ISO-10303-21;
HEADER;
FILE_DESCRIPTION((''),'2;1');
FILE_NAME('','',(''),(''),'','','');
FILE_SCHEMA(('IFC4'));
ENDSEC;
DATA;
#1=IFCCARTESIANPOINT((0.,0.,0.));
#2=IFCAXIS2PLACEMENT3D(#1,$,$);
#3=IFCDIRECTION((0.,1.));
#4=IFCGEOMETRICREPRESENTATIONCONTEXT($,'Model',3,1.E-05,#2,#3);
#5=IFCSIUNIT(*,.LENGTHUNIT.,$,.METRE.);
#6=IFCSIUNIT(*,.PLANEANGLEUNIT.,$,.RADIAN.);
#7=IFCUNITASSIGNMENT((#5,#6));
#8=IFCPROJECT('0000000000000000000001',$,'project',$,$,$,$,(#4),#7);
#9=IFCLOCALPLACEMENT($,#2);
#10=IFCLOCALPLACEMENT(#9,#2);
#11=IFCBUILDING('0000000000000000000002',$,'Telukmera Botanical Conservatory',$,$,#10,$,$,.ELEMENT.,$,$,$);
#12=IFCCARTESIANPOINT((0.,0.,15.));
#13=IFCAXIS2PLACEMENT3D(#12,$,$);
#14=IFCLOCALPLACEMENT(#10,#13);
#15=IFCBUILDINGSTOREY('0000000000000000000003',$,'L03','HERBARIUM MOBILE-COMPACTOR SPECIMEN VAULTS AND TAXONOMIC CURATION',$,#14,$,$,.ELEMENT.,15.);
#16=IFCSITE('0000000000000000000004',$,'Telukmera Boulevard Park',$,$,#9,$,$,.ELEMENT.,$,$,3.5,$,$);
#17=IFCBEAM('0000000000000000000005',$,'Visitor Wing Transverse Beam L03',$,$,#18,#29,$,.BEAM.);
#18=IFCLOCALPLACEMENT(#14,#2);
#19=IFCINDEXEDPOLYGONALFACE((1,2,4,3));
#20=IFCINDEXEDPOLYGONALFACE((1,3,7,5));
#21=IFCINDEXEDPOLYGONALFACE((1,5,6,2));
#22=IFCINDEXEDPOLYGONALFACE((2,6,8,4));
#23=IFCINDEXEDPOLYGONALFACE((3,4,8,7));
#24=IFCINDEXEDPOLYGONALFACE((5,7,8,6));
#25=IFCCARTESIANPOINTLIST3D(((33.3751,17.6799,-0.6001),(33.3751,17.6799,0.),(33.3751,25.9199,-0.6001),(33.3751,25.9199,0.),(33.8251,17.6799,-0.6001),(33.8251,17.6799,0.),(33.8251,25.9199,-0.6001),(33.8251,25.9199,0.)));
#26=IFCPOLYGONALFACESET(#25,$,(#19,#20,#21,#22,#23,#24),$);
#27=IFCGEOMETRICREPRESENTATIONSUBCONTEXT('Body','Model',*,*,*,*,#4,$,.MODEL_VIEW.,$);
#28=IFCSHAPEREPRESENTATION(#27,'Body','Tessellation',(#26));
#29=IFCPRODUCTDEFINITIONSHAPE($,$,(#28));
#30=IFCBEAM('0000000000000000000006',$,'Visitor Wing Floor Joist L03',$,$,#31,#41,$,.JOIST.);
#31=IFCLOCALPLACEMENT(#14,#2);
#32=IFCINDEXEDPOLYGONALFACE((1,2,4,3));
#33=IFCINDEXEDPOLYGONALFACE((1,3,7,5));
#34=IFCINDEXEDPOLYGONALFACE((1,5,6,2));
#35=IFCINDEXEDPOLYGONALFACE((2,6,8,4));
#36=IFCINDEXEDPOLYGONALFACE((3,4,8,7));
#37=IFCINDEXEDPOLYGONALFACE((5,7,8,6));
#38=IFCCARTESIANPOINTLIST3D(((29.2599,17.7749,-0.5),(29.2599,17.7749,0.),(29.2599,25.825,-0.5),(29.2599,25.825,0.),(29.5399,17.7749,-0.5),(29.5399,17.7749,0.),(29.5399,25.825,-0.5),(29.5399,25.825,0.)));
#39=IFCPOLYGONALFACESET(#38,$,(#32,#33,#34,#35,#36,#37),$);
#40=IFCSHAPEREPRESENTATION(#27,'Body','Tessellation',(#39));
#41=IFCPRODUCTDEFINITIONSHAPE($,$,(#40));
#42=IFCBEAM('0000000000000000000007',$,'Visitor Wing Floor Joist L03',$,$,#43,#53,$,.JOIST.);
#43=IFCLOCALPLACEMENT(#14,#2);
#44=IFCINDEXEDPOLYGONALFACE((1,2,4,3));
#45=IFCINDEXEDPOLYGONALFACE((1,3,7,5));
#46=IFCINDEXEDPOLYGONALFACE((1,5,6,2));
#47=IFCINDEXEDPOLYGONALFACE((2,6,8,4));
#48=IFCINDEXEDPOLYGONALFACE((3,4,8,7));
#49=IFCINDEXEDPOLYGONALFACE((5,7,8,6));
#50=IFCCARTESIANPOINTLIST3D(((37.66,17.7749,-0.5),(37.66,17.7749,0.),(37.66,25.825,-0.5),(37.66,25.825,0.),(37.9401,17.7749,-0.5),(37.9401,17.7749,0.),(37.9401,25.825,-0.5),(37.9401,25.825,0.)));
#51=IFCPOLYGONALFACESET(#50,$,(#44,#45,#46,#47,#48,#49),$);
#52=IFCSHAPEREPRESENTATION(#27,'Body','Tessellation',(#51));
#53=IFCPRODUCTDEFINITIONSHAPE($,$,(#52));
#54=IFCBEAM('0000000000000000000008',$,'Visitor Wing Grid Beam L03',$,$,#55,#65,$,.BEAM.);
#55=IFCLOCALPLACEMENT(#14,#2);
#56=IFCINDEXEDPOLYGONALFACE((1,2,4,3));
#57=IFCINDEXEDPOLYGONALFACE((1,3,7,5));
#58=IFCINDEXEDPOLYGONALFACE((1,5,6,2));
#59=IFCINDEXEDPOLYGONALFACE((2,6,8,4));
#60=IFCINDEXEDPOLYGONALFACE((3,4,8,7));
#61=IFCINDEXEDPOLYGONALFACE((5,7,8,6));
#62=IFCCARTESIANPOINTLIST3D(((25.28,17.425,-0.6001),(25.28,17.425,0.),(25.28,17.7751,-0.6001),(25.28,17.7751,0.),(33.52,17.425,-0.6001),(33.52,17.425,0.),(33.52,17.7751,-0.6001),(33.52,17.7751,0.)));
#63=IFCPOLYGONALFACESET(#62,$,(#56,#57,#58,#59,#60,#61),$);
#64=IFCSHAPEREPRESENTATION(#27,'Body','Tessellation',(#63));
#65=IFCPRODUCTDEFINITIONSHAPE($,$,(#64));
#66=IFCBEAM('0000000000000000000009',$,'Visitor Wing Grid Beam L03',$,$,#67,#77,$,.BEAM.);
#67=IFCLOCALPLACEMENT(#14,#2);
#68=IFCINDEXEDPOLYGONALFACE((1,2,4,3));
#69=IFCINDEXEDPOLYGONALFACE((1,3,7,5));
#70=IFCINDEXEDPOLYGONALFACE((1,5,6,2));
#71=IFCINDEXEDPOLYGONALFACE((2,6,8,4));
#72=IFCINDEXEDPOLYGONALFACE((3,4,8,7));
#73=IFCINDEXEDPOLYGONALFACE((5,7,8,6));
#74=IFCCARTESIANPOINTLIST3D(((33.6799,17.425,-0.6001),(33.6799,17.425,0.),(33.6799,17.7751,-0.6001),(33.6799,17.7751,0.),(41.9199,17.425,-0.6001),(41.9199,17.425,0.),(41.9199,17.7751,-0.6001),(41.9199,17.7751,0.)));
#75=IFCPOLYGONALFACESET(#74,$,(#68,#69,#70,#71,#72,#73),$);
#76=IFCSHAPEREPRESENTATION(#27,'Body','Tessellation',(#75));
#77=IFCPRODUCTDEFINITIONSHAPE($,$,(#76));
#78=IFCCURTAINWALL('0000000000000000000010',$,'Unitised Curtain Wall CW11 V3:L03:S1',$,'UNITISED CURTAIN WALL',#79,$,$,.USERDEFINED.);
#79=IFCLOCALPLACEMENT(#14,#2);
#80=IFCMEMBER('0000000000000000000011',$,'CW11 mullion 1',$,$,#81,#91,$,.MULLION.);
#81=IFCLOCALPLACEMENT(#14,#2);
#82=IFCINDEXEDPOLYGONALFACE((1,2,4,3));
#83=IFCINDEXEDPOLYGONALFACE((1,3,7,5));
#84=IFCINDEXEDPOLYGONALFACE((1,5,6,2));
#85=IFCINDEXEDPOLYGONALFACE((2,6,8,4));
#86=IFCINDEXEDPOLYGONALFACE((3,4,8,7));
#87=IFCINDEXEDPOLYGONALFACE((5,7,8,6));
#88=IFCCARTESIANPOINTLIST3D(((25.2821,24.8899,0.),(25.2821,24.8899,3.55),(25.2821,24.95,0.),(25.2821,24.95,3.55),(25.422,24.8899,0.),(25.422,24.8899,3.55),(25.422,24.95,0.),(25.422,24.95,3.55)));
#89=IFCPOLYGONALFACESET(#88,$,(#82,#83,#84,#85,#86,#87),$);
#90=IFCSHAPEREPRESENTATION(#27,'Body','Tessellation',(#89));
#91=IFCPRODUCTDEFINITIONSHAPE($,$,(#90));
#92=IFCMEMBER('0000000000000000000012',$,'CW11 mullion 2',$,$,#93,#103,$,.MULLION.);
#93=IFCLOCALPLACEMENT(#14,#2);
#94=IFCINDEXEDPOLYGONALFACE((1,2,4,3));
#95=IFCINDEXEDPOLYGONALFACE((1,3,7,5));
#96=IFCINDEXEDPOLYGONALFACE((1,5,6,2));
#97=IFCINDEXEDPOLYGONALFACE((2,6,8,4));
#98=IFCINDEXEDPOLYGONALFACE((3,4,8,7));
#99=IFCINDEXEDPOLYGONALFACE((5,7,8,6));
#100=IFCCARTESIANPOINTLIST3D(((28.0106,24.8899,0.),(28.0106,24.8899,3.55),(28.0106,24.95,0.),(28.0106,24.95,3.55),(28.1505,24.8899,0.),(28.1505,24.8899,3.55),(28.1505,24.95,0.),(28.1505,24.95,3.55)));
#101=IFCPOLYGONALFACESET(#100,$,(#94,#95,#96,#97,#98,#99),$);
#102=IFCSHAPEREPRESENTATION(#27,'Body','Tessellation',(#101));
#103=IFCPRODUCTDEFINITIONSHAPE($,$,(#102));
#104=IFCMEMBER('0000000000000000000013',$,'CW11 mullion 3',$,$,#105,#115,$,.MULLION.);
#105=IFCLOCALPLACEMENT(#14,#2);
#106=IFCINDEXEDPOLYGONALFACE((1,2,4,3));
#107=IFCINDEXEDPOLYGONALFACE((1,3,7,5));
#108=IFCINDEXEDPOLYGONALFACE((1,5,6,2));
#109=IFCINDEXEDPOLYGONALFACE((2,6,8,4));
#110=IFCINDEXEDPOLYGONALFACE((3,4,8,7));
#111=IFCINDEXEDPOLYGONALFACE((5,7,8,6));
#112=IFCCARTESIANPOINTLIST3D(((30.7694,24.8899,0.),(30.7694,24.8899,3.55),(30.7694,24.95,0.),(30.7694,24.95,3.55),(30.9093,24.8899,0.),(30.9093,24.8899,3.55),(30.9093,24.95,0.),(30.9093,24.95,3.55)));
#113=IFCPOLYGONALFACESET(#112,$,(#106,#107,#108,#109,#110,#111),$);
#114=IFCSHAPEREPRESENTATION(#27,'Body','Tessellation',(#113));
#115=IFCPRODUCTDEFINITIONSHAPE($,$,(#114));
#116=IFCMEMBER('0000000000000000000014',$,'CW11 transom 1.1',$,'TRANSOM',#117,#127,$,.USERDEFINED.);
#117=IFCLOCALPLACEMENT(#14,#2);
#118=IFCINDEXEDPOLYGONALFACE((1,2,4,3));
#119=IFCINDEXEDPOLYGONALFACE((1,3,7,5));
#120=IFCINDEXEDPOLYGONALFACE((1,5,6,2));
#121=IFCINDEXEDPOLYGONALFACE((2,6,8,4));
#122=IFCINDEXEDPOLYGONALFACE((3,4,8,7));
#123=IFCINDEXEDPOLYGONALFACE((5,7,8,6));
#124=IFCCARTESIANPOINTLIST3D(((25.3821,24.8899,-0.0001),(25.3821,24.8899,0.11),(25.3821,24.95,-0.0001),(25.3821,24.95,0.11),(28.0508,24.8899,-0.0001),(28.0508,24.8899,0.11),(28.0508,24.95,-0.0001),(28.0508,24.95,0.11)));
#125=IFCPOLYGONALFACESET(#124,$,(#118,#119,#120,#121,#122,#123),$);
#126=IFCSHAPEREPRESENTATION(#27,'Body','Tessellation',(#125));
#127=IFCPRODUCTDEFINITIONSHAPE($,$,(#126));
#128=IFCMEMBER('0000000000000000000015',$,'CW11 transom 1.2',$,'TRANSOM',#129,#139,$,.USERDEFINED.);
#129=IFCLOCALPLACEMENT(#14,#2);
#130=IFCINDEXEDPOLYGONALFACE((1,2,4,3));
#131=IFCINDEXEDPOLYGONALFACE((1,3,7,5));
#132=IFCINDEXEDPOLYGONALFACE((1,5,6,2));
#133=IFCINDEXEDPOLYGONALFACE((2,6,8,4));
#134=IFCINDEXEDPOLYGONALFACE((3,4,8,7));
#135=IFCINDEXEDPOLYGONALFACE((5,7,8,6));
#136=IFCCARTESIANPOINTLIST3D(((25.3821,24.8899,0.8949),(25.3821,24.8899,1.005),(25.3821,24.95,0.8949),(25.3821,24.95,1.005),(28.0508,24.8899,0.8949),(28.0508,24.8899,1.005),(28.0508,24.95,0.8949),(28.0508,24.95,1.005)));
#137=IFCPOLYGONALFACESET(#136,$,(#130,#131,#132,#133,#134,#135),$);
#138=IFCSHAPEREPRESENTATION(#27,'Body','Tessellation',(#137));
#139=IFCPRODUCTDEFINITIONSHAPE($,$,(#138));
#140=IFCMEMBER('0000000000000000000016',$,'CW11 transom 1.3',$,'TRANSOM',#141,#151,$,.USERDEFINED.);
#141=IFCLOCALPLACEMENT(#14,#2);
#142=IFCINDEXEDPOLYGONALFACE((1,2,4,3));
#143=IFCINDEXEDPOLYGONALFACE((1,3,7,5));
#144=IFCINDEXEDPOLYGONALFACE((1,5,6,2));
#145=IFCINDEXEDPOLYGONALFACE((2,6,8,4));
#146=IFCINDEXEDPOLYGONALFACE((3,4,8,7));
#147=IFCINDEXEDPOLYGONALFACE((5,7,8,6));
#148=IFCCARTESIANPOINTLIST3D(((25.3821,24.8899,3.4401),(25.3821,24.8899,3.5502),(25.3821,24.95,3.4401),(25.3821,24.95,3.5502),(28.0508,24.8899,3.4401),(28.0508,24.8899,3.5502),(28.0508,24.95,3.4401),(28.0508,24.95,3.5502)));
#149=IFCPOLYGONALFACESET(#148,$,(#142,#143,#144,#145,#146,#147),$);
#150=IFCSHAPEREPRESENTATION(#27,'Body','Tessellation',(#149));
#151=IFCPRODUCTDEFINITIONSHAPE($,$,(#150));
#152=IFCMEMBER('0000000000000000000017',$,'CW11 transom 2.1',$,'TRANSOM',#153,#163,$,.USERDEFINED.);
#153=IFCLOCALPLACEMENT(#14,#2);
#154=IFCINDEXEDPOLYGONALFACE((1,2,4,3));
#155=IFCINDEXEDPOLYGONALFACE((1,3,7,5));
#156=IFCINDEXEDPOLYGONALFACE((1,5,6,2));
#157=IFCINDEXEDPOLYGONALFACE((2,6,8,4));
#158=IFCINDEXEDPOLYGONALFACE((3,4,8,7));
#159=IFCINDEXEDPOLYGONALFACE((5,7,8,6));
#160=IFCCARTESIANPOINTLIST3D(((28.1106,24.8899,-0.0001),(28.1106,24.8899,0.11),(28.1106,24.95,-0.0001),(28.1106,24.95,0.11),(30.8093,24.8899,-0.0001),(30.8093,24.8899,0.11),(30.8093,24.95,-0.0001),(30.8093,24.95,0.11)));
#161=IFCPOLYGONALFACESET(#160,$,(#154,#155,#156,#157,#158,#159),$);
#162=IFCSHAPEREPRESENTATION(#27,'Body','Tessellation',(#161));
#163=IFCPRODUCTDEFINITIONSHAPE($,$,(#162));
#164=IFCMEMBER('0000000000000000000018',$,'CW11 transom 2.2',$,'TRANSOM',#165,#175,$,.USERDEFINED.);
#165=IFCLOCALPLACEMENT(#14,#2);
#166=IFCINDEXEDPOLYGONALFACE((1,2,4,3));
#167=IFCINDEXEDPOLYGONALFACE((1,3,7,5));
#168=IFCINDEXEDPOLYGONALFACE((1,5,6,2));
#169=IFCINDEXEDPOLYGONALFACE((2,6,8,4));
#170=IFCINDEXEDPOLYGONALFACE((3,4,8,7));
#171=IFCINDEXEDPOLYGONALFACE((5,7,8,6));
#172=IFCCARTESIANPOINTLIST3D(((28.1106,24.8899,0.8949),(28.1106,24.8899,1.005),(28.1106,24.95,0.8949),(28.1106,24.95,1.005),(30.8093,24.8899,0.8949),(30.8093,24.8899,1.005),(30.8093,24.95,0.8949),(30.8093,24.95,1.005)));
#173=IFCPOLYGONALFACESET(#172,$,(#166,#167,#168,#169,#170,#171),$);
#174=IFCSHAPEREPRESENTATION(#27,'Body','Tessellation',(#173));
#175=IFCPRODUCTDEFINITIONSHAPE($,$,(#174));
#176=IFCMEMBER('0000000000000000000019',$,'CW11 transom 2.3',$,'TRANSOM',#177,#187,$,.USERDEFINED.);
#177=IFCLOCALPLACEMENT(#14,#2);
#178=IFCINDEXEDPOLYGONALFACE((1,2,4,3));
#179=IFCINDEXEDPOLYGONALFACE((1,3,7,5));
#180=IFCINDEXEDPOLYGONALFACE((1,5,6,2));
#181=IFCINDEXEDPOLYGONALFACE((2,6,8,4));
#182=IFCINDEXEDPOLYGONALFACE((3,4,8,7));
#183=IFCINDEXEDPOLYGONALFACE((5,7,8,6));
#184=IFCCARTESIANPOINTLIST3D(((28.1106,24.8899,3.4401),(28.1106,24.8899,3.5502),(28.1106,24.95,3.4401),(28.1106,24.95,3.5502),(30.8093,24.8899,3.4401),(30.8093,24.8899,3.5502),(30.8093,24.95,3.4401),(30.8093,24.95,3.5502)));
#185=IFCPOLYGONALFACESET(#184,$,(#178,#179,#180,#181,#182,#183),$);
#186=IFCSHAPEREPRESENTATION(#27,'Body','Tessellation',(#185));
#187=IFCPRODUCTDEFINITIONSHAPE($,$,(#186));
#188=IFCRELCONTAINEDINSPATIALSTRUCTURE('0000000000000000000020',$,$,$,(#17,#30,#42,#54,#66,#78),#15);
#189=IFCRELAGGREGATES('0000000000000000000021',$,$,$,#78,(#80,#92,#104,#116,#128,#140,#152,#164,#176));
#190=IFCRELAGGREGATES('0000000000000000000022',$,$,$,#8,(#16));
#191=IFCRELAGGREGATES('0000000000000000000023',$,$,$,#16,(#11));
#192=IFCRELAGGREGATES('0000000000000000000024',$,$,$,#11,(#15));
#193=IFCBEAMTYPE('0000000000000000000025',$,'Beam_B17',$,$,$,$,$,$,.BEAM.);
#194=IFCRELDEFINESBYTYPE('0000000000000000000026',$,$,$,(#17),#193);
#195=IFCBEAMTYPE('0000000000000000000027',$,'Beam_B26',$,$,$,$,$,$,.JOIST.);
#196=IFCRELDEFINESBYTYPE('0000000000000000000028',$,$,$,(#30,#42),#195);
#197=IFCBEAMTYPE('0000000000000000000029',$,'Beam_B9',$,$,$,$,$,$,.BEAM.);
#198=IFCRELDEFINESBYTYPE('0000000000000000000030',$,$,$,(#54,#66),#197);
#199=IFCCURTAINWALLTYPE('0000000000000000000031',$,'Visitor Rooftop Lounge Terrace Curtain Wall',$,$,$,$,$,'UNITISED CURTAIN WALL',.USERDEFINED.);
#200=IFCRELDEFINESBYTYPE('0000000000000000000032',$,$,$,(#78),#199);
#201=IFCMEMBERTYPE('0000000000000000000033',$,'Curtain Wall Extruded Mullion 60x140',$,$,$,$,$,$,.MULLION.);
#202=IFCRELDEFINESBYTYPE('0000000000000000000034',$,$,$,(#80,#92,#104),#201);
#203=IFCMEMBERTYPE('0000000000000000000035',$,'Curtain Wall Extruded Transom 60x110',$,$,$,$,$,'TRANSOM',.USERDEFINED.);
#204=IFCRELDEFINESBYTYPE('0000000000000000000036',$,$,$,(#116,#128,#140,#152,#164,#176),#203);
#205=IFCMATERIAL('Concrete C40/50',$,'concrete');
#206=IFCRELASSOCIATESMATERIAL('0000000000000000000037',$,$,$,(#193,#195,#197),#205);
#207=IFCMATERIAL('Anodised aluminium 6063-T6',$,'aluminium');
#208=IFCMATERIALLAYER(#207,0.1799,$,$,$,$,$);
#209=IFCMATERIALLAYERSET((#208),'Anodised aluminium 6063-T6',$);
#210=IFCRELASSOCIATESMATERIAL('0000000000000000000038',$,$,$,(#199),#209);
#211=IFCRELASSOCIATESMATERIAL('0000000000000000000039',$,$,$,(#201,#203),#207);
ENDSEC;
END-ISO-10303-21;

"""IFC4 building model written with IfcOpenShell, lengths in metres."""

from ifc_helpers import new_model, si_unit, direction, frame, origin, origin_2d, place, context, subcontext, project, spatial, rectangle, extrude, material, layer, layer_set, material_profile, profile_set, type_object, element, aggregate, save


model = new_model("IFC4")

# Units and contexts
model_context = context("Model", 3, precision=1e-05, world=origin(), true_north=direction((0.0, 1.0)))
body_context = subcontext(model_context, "Body", "Model", "MODEL_VIEW")
ifc_project = project(units=[si_unit("LENGTHUNIT", "METRE"), si_unit("PLANEANGLEUNIT", "RADIAN")], contexts=[model_context])

# Site, building, storey
site_placement = place(None, origin())
site = spatial("IfcSite", under=ifc_project, at=site_placement, Name="Telukmera Boulevard Park", CompositionType="ELEMENT", RefElevation=3.5)
building_placement = place(site_placement, origin())
building = spatial("IfcBuilding", under=site, at=building_placement, Name="Telukmera Botanical Conservatory", CompositionType="ELEMENT")
storey_placement = place(building_placement, frame((0.0, 0.0, 15.0)))
storey = spatial("IfcBuildingStorey", under=building, at=storey_placement, Name="L03", Description="HERBARIUM MOBILE-COMPACTOR SPECIMEN VAULTS AND TAXONOMIC CURATION", CompositionType="ELEMENT", Elevation=15.0)

# Beams
ifc_material_1 = material(Name="Concrete C40/50", Category="concrete")
ifc_material_profile_1 = material_profile(ifc_material_1, rectangle(XDim=0.45, YDim=0.6001, at=origin_2d()), Name="RC 450x600")
ifc_profile_set_1 = profile_set([ifc_material_profile_1], Name="Concrete C40/50")
beam_type_1 = type_object("IfcBeamType", Name="Beam_B17", PredefinedType="BEAM", material=ifc_profile_set_1)
beam_placement = place(storey_placement, frame((33.6001, 17.6799, -0.3), z_axis=(0.0, 1.0, 0.0), x_axis=(-1.0, 0.0, 0.0)))
element("IfcBeam", 1, at=beam_placement, inside=storey, type_object=beam_type_1, Name="Visitor Wing Transverse Beam L03", PredefinedType="BEAM", context=body_context, shape_type="SweptSolid", body=[
    extrude(rectangle(XDim=0.45, YDim=0.6001, at=origin_2d()), origin(), (0.0, 0.0, 1.0), 8.24),
])
ifc_material_profile_2 = material_profile(ifc_material_1, rectangle(XDim=0.28, YDim=0.5, at=origin_2d()), Name="RC 280x500")
ifc_profile_set_2 = profile_set([ifc_material_profile_2], Name="Concrete C40/50")
beam_type_2 = type_object("IfcBeamType", Name="Beam_B26", PredefinedType="JOIST", material=ifc_profile_set_2)
for number, where, z_axis, x_axis, name in (
    (2, (29.3999, 17.7749, -0.25), (0.0, 1.0, 0.0), (-1.0, 0.0, 0.0), "Visitor Wing Floor Joist L03"),
    (3, (37.8, 17.7749, -0.25), (0.0, 1.0, 0.0), (-1.0, 0.0, 0.0), "Visitor Wing Floor Joist L03"),
):
    element("IfcBeam", number, at=place(storey_placement, frame(where, z_axis=z_axis, x_axis=x_axis)), inside=storey, type_object=beam_type_2, Name=name, PredefinedType="JOIST", context=body_context, shape_type="SweptSolid", body=[
        extrude(rectangle(XDim=0.28, YDim=0.5, at=origin_2d()), origin(), (0.0, 0.0, 1.0), 8.05),
    ])
ifc_material_profile_3 = material_profile(ifc_material_1, rectangle(XDim=0.3501, YDim=0.6001, at=origin_2d()), Name="RC 350x600")
ifc_profile_set_3 = profile_set([ifc_material_profile_3], Name="Concrete C40/50")
beam_type_3 = type_object("IfcBeamType", Name="Beam_B9", PredefinedType="BEAM", material=ifc_profile_set_3)
for number, where, z_axis, x_axis, name in (
    (4, (25.28, 17.6001, -0.3), (1.0, 0.0, 0.0), (0.0, 1.0, 0.0), "Visitor Wing Grid Beam L03"),
    (5, (33.6799, 17.6001, -0.3), (1.0, 0.0, 0.0), (0.0, 1.0, 0.0), "Visitor Wing Grid Beam L03"),
):
    element("IfcBeam", number, at=place(storey_placement, frame(where, z_axis=z_axis, x_axis=x_axis)), inside=storey, type_object=beam_type_3, Name=name, PredefinedType="BEAM", context=body_context, shape_type="SweptSolid", body=[
        extrude(rectangle(XDim=0.3501, YDim=0.6001, at=origin_2d()), origin(), (0.0, 0.0, 1.0), 8.24),
    ])

# Curtain wall, members
ifc_material_2 = material(Name="Anodised aluminium 6063-T6", Category="aluminium")
ifc_layer_1 = layer(ifc_material_2, 0.1799)
ifc_layer_set_1 = layer_set([ifc_layer_1], Name="Anodised aluminium 6063-T6")
curtain_wall_type = type_object("IfcCurtainWallType", Name="Visitor Rooftop Lounge Terrace Curtain Wall", ElementType="UNITISED CURTAIN WALL", PredefinedType="USERDEFINED", material=ifc_layer_set_1)
curtain_wall_placement = place(storey_placement, origin())
curtain_wall = element("IfcCurtainWall", 6, at=curtain_wall_placement, inside=storey, type_object=curtain_wall_type, Name="Unitised Curtain Wall CW11 V3:L03:S1", ObjectType="UNITISED CURTAIN WALL", PredefinedType="USERDEFINED")
ifc_material_profile_4 = material_profile(ifc_material_2, rectangle(XDim=0.0601, YDim=0.1399, at=origin_2d()), Name="ALU MULL 60x140")
ifc_profile_set_4 = profile_set([ifc_material_profile_4], Name="Anodised aluminium 6063-T6")
member_type_1 = type_object("IfcMemberType", Name="Curtain Wall Extruded Mullion 60x140", PredefinedType="MULLION", material=ifc_profile_set_4)
member_1_placement = place(storey_placement, frame((25.3521, 24.9199, 0.0), z_axis=(0.0, 0.0, 1.0), x_axis=(0.0, 1.0, 0.0)))
member_1 = element("IfcMember", 7, at=member_1_placement, type_object=member_type_1, Name="CW11 mullion 1", PredefinedType="MULLION", context=body_context, shape_type="SweptSolid", body=[
    extrude(rectangle(XDim=0.0601, YDim=0.1399, at=origin_2d()), origin(), (0.0, 0.0, 1.0), 3.55),
])
member_2_placement = place(storey_placement, frame((28.0806, 24.9199, 0.0), z_axis=(0.0, 0.0, 1.0), x_axis=(0.0, 1.0, 0.0)))
member_2 = element("IfcMember", 8, at=member_2_placement, type_object=member_type_1, Name="CW11 mullion 2", PredefinedType="MULLION", context=body_context, shape_type="SweptSolid", body=[
    extrude(rectangle(XDim=0.0601, YDim=0.1399, at=origin_2d()), origin(), (0.0, 0.0, 1.0), 3.55),
])
member_3_placement = place(storey_placement, frame((30.8394, 24.9199, 0.0), z_axis=(0.0, 0.0, 1.0), x_axis=(0.0, 1.0, 0.0)))
member_3 = element("IfcMember", 9, at=member_3_placement, type_object=member_type_1, Name="CW11 mullion 3", PredefinedType="MULLION", context=body_context, shape_type="SweptSolid", body=[
    extrude(rectangle(XDim=0.0601, YDim=0.1399, at=origin_2d()), origin(), (0.0, 0.0, 1.0), 3.55),
])
ifc_material_profile_5 = material_profile(ifc_material_2, rectangle(XDim=0.0601, YDim=0.1101, at=origin_2d()), Name="ALU TRAN 60x110")
ifc_profile_set_5 = profile_set([ifc_material_profile_5], Name="Anodised aluminium 6063-T6")
member_type_2 = type_object("IfcMemberType", Name="Curtain Wall Extruded Transom 60x110", ElementType="TRANSOM", PredefinedType="USERDEFINED", material=ifc_profile_set_5)
member_4_placement = place(storey_placement, frame((25.3821, 24.9199, 0.0549), z_axis=(1.0, 0.0, 0.0), x_axis=(0.0, 1.0, 0.0)))
member_4 = element("IfcMember", 10, at=member_4_placement, type_object=member_type_2, Name="CW11 transom 1.1", ObjectType="TRANSOM", PredefinedType="USERDEFINED", context=body_context, shape_type="SweptSolid", body=[
    extrude(rectangle(XDim=0.0601, YDim=0.1101, at=origin_2d()), origin(), (0.0, 0.0, 1.0), 2.6687),
])
member_5_placement = place(storey_placement, frame((25.3821, 24.9199, 0.95), z_axis=(1.0, 0.0, 0.0), x_axis=(0.0, 1.0, 0.0)))
member_5 = element("IfcMember", 11, at=member_5_placement, type_object=member_type_2, Name="CW11 transom 1.2", ObjectType="TRANSOM", PredefinedType="USERDEFINED", context=body_context, shape_type="SweptSolid", body=[
    extrude(rectangle(XDim=0.0601, YDim=0.1101, at=origin_2d()), origin(), (0.0, 0.0, 1.0), 2.6687),
])
member_6_placement = place(storey_placement, frame((25.3821, 24.9199, 3.4951), z_axis=(1.0, 0.0, 0.0), x_axis=(0.0, 1.0, 0.0)))
member_6 = element("IfcMember", 12, at=member_6_placement, type_object=member_type_2, Name="CW11 transom 1.3", ObjectType="TRANSOM", PredefinedType="USERDEFINED", context=body_context, shape_type="SweptSolid", body=[
    extrude(rectangle(XDim=0.0601, YDim=0.1101, at=origin_2d()), origin(), (0.0, 0.0, 1.0), 2.6687),
])
member_7_placement = place(storey_placement, frame((28.1106, 24.9199, 0.0549), z_axis=(1.0, 0.0, 0.0), x_axis=(0.0, 1.0, 0.0)))
member_7 = element("IfcMember", 13, at=member_7_placement, type_object=member_type_2, Name="CW11 transom 2.1", ObjectType="TRANSOM", PredefinedType="USERDEFINED", context=body_context, shape_type="SweptSolid", body=[
    extrude(rectangle(XDim=0.0601, YDim=0.1101, at=origin_2d()), origin(), (0.0, 0.0, 1.0), 2.6987),
])
member_8_placement = place(storey_placement, frame((28.1106, 24.9199, 0.95), z_axis=(1.0, 0.0, 0.0), x_axis=(0.0, 1.0, 0.0)))
member_8 = element("IfcMember", 14, at=member_8_placement, type_object=member_type_2, Name="CW11 transom 2.2", ObjectType="TRANSOM", PredefinedType="USERDEFINED", context=body_context, shape_type="SweptSolid", body=[
    extrude(rectangle(XDim=0.0601, YDim=0.1101, at=origin_2d()), origin(), (0.0, 0.0, 1.0), 2.6987),
])
member_9_placement = place(storey_placement, frame((28.1106, 24.9199, 3.4951), z_axis=(1.0, 0.0, 0.0), x_axis=(0.0, 1.0, 0.0)))
member_9 = element("IfcMember", 15, at=member_9_placement, type_object=member_type_2, Name="CW11 transom 2.3", ObjectType="TRANSOM", PredefinedType="USERDEFINED", context=body_context, shape_type="SweptSolid", body=[
    extrude(rectangle(XDim=0.0601, YDim=0.1101, at=origin_2d()), origin(), (0.0, 0.0, 1.0), 2.6987),
])
aggregate(curtain_wall, [member_1, member_2, member_3, member_4, member_5, member_6, member_7, member_8, member_9])

save(model, "model.ifc")
